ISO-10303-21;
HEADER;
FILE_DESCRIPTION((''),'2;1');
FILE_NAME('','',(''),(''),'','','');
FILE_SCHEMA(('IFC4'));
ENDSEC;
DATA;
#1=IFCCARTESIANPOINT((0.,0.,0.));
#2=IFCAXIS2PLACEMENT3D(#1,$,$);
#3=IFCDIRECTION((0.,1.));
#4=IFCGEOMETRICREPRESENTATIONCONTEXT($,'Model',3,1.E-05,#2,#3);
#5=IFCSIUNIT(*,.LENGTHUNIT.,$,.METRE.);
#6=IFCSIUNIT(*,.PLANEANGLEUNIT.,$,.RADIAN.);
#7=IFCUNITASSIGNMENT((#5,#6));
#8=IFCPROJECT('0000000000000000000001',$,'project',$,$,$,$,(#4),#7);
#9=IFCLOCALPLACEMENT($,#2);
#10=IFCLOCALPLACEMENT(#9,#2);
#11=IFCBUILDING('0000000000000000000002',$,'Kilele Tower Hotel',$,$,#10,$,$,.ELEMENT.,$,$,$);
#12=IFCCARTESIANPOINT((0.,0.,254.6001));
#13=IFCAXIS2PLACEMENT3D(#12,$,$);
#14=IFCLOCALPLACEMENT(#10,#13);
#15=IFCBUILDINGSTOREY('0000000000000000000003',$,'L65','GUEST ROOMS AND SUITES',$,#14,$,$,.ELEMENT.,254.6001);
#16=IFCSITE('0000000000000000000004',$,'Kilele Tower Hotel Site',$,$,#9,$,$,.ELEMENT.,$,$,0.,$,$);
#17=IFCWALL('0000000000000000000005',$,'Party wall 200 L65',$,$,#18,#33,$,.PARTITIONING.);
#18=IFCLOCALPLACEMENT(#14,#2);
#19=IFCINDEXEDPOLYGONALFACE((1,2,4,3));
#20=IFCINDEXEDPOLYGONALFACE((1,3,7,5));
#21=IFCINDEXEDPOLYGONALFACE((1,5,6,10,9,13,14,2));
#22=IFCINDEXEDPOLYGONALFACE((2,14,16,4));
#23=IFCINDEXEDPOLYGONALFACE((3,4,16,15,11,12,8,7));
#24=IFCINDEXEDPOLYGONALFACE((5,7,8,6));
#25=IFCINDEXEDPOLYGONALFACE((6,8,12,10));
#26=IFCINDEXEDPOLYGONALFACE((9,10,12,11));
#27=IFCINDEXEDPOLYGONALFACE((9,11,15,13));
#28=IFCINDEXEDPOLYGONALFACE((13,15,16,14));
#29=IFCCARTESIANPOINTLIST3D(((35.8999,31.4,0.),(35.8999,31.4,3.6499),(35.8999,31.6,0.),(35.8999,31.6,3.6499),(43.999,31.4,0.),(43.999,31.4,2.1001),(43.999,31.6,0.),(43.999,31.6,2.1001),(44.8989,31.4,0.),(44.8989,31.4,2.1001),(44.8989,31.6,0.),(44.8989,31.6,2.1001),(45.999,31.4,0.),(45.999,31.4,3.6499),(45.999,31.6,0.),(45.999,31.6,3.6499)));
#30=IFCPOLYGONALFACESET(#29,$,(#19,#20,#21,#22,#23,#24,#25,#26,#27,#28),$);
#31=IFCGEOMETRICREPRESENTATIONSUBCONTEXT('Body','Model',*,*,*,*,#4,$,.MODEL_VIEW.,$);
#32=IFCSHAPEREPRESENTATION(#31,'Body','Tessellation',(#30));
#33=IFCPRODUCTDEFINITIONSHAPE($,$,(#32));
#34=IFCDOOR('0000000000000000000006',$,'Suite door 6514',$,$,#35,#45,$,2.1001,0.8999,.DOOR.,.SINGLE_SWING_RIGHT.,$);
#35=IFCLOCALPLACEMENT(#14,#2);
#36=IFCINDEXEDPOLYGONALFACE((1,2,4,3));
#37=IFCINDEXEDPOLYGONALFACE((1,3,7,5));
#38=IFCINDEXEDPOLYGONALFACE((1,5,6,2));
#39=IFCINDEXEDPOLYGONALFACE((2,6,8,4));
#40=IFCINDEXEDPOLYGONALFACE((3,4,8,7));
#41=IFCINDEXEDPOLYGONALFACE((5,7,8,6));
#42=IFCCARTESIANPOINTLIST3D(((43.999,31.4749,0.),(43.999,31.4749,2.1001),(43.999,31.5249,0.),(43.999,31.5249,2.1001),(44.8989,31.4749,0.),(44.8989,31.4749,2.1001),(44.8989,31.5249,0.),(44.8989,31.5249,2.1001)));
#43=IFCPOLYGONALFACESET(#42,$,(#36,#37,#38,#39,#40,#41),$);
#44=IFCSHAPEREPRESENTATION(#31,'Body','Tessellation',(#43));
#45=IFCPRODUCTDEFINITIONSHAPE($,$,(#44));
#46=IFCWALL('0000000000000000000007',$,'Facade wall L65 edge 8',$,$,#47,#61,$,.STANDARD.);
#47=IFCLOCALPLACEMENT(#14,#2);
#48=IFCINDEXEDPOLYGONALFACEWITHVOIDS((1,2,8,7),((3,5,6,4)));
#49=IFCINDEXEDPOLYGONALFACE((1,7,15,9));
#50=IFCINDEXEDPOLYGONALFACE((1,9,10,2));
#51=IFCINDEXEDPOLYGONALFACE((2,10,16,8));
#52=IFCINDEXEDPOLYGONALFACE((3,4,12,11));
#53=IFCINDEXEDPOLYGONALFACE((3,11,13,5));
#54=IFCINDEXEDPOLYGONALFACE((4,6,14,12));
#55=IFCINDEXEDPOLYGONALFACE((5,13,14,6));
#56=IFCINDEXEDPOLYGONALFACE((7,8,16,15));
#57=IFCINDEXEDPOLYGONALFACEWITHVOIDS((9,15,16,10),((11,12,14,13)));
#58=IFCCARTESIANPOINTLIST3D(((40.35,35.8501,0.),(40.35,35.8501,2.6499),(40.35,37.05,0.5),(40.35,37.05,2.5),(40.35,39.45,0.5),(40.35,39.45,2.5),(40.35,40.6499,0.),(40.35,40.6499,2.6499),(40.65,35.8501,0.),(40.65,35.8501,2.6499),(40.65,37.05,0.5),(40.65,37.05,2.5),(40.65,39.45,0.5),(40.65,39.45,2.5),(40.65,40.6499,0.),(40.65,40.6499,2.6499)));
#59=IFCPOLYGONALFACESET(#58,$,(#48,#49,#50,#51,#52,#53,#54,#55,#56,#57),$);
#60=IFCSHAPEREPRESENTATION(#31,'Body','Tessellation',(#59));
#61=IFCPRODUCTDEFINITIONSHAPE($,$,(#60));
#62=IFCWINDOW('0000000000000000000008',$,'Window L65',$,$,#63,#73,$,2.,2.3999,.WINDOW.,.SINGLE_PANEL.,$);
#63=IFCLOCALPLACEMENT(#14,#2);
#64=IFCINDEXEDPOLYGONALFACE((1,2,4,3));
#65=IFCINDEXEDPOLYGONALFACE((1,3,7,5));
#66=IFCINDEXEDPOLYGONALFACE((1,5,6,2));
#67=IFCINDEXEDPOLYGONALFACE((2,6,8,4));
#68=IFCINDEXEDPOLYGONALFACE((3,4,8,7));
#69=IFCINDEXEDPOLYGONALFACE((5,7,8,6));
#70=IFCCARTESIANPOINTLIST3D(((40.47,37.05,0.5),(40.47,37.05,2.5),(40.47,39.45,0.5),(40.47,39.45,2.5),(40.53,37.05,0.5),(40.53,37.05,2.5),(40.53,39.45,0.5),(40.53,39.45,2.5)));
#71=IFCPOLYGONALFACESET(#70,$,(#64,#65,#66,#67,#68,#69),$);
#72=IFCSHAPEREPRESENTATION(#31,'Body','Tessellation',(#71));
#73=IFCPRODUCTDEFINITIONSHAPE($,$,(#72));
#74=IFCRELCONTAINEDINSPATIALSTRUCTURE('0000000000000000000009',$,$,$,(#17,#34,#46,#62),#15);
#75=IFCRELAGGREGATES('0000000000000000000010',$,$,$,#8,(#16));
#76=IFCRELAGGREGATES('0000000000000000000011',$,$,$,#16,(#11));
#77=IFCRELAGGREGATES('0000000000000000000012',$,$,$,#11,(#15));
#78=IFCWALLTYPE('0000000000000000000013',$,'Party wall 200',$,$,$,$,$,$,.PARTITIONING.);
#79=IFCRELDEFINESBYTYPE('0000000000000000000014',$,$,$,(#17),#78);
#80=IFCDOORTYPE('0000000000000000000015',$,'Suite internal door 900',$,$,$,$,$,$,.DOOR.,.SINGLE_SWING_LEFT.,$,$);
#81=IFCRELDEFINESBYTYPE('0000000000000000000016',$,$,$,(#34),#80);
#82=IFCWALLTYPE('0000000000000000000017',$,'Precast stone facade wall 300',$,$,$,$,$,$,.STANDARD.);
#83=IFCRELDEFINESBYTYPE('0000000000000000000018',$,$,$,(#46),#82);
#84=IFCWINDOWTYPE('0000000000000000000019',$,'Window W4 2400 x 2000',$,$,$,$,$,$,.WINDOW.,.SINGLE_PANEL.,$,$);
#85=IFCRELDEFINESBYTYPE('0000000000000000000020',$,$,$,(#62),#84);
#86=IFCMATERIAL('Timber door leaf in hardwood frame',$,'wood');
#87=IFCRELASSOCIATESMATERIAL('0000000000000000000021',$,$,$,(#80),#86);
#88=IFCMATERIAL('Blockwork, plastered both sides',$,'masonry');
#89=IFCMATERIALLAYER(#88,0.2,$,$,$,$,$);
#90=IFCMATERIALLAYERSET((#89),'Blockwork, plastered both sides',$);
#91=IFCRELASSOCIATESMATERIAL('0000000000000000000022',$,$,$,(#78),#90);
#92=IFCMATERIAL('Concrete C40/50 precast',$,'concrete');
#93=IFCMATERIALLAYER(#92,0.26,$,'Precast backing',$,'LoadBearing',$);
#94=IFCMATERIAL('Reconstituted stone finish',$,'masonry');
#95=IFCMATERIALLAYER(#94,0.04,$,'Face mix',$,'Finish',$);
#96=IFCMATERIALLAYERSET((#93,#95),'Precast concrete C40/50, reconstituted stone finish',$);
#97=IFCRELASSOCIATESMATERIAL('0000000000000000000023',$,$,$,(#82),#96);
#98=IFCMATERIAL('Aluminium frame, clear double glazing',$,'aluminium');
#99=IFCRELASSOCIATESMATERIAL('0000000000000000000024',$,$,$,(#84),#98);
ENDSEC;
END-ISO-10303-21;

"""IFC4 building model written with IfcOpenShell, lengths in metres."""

from ifc_helpers import new_model, si_unit, direction, frame, frame_2d, origin, place, context, subcontext, project, spatial, rectangle, extrude, material, layer, layer_set, type_object, element, fill, save


model = new_model("IFC4")

# Units and contexts
model_context = context("Model", 3, precision=1e-05, world=origin(), true_north=direction((0.0, 1.0)))
body_context = subcontext(model_context, "Body", "Model", "MODEL_VIEW")
ifc_project = project(units=[si_unit("LENGTHUNIT", "METRE"), si_unit("PLANEANGLEUNIT", "RADIAN")], contexts=[model_context])

# Site, building, storey
site_placement = place(None, origin())
site = spatial("IfcSite", under=ifc_project, at=site_placement, Name="Kilele Tower Hotel Site", CompositionType="ELEMENT", RefElevation=0.0)
building_placement = place(site_placement, origin())
building = spatial("IfcBuilding", under=site, at=building_placement, Name="Kilele Tower Hotel", CompositionType="ELEMENT")
storey_placement = place(building_placement, frame((0.0, 0.0, 254.6001)))
storey = spatial("IfcBuildingStorey", under=building, at=storey_placement, Name="L65", Description="GUEST ROOMS AND SUITES", CompositionType="ELEMENT", Elevation=254.6001)

# Shared definitions
ifc_material_1 = material(Name="Timber door leaf in hardwood frame", Category="wood")
door_type_1 = type_object("IfcDoorType", Name="Suite internal door 900", OperationType="SINGLE_SWING_LEFT", PredefinedType="DOOR", material=ifc_material_1)

# Shared definitions
ifc_material_2 = material(Name="Blockwork, plastered both sides", Category="masonry")
ifc_layer_1 = layer(ifc_material_2, 0.2)
ifc_layer_set_1 = layer_set([ifc_layer_1], Name="Blockwork, plastered both sides")
wall_type_1 = type_object("IfcWallType", Name="Party wall 200", PredefinedType="PARTITIONING", material=ifc_layer_set_1)

# Wall, opening, door
wall_1_placement = place(storey_placement, frame((35.8999, 31.5, 0.0), z_axis=(0.0, 0.0, 1.0), x_axis=(1.0, 0.0, 0.0)))
wall_1 = element("IfcWall", 1, at=wall_1_placement, inside=storey, type_object=wall_type_1, Name="Party wall 200 L65", PredefinedType="PARTITIONING", context=body_context, shape_type="SweptSolid", body=[
    extrude(rectangle(XDim=10.0991, YDim=0.2, at=frame_2d((5.0496, 0.0))), origin(), (0.0, 0.0, 1.0), 3.6499),
])
opening_1_placement = place(wall_1_placement, frame((8.0991, 0.0, 0.0)))
opening_1 = element("IfcOpeningElement", 2, at=opening_1_placement, cuts=wall_1, PredefinedType="OPENING", context=body_context, shape_type="SweptSolid", body=[
    extrude(rectangle(XDim=0.8999, YDim=2.1001, at=frame_2d((0.45, 1.05))), frame((0.0, 0.1099, 0.0), z_axis=(0.0, -1.0, 0.0), x_axis=(1.0, 0.0, 0.0)), (0.0, 0.0, 1.0), 0.22),
])
door_1_placement = place(opening_1_placement, origin())
door_1 = element("IfcDoor", 3, at=door_1_placement, inside=storey, type_object=door_type_1, Name="Suite door 6514", OperationType="SINGLE_SWING_RIGHT", OverallHeight=2.1001, OverallWidth=0.8999, PredefinedType="DOOR", context=body_context, shape_type="SweptSolid", body=[
    extrude(rectangle(XDim=0.8999, YDim=2.1001, at=frame_2d((0.45, 1.05))), frame((0.0, 0.0249, 0.0), z_axis=(0.0, -1.0, 0.0), x_axis=(1.0, 0.0, 0.0)), (0.0, 0.0, 1.0), 0.05),
])
fill(opening_1, door_1)

# Wall, opening, window
ifc_material_3 = material(Name="Concrete C40/50 precast", Category="concrete")
ifc_layer_2 = layer(ifc_material_3, 0.26, Name="Precast backing", Category="LoadBearing")
ifc_material_4 = material(Name="Reconstituted stone finish", Category="masonry")
ifc_layer_3 = layer(ifc_material_4, 0.04, Name="Face mix", Category="Finish")
ifc_layer_set_2 = layer_set([ifc_layer_2, ifc_layer_3], Name="Precast concrete C40/50, reconstituted stone finish")
wall_type_2 = type_object("IfcWallType", Name="Precast stone facade wall 300", PredefinedType="STANDARD", material=ifc_layer_set_2)
wall_2_placement = place(storey_placement, frame((40.5, 35.8501, 0.0), z_axis=(0.0, 0.0, 1.0), x_axis=(0.0, 1.0, 0.0)))
wall_2 = element("IfcWall", 4, at=wall_2_placement, inside=storey, type_object=wall_type_2, Name="Facade wall L65 edge 8", PredefinedType="STANDARD", context=body_context, shape_type="SweptSolid", body=[
    extrude(rectangle(XDim=4.7998, YDim=0.3, at=frame_2d((2.3999, 0.0))), origin(), (0.0, 0.0, 1.0), 2.6499),
])
opening_2_placement = place(wall_2_placement, frame((1.2, 0.0, 0.5)))
opening_2 = element("IfcOpeningElement", 5, at=opening_2_placement, cuts=wall_2, PredefinedType="OPENING", context=body_context, shape_type="SweptSolid", body=[
    extrude(rectangle(XDim=2.3999, YDim=2.0, at=frame_2d((1.2, 1.0))), frame((0.0, 0.1599, 0.0), z_axis=(0.0, -1.0, 0.0), x_axis=(1.0, 0.0, 0.0)), (0.0, 0.0, 1.0), 0.3201),
])
ifc_material_5 = material(Name="Aluminium frame, clear double glazing", Category="aluminium")
window_type = type_object("IfcWindowType", Name="Window W4 2400 x 2000", PartitioningType="SINGLE_PANEL", PredefinedType="WINDOW", material=ifc_material_5)
window_placement = place(opening_2_placement, origin())
window = element("IfcWindow", 6, at=window_placement, inside=storey, type_object=window_type, Name="Window L65", OverallHeight=2.0, OverallWidth=2.3999, PartitioningType="SINGLE_PANEL", PredefinedType="WINDOW", context=body_context, shape_type="SweptSolid", body=[
    extrude(rectangle(XDim=2.3999, YDim=2.0, at=frame_2d((1.2, 1.0))), frame((0.0, 0.03, 0.0), z_axis=(0.0, -1.0, 0.0), x_axis=(1.0, 0.0, 0.0)), (0.0, 0.0, 1.0), 0.0601),
])
fill(opening_2, window)

save(model, "model.ifc")
